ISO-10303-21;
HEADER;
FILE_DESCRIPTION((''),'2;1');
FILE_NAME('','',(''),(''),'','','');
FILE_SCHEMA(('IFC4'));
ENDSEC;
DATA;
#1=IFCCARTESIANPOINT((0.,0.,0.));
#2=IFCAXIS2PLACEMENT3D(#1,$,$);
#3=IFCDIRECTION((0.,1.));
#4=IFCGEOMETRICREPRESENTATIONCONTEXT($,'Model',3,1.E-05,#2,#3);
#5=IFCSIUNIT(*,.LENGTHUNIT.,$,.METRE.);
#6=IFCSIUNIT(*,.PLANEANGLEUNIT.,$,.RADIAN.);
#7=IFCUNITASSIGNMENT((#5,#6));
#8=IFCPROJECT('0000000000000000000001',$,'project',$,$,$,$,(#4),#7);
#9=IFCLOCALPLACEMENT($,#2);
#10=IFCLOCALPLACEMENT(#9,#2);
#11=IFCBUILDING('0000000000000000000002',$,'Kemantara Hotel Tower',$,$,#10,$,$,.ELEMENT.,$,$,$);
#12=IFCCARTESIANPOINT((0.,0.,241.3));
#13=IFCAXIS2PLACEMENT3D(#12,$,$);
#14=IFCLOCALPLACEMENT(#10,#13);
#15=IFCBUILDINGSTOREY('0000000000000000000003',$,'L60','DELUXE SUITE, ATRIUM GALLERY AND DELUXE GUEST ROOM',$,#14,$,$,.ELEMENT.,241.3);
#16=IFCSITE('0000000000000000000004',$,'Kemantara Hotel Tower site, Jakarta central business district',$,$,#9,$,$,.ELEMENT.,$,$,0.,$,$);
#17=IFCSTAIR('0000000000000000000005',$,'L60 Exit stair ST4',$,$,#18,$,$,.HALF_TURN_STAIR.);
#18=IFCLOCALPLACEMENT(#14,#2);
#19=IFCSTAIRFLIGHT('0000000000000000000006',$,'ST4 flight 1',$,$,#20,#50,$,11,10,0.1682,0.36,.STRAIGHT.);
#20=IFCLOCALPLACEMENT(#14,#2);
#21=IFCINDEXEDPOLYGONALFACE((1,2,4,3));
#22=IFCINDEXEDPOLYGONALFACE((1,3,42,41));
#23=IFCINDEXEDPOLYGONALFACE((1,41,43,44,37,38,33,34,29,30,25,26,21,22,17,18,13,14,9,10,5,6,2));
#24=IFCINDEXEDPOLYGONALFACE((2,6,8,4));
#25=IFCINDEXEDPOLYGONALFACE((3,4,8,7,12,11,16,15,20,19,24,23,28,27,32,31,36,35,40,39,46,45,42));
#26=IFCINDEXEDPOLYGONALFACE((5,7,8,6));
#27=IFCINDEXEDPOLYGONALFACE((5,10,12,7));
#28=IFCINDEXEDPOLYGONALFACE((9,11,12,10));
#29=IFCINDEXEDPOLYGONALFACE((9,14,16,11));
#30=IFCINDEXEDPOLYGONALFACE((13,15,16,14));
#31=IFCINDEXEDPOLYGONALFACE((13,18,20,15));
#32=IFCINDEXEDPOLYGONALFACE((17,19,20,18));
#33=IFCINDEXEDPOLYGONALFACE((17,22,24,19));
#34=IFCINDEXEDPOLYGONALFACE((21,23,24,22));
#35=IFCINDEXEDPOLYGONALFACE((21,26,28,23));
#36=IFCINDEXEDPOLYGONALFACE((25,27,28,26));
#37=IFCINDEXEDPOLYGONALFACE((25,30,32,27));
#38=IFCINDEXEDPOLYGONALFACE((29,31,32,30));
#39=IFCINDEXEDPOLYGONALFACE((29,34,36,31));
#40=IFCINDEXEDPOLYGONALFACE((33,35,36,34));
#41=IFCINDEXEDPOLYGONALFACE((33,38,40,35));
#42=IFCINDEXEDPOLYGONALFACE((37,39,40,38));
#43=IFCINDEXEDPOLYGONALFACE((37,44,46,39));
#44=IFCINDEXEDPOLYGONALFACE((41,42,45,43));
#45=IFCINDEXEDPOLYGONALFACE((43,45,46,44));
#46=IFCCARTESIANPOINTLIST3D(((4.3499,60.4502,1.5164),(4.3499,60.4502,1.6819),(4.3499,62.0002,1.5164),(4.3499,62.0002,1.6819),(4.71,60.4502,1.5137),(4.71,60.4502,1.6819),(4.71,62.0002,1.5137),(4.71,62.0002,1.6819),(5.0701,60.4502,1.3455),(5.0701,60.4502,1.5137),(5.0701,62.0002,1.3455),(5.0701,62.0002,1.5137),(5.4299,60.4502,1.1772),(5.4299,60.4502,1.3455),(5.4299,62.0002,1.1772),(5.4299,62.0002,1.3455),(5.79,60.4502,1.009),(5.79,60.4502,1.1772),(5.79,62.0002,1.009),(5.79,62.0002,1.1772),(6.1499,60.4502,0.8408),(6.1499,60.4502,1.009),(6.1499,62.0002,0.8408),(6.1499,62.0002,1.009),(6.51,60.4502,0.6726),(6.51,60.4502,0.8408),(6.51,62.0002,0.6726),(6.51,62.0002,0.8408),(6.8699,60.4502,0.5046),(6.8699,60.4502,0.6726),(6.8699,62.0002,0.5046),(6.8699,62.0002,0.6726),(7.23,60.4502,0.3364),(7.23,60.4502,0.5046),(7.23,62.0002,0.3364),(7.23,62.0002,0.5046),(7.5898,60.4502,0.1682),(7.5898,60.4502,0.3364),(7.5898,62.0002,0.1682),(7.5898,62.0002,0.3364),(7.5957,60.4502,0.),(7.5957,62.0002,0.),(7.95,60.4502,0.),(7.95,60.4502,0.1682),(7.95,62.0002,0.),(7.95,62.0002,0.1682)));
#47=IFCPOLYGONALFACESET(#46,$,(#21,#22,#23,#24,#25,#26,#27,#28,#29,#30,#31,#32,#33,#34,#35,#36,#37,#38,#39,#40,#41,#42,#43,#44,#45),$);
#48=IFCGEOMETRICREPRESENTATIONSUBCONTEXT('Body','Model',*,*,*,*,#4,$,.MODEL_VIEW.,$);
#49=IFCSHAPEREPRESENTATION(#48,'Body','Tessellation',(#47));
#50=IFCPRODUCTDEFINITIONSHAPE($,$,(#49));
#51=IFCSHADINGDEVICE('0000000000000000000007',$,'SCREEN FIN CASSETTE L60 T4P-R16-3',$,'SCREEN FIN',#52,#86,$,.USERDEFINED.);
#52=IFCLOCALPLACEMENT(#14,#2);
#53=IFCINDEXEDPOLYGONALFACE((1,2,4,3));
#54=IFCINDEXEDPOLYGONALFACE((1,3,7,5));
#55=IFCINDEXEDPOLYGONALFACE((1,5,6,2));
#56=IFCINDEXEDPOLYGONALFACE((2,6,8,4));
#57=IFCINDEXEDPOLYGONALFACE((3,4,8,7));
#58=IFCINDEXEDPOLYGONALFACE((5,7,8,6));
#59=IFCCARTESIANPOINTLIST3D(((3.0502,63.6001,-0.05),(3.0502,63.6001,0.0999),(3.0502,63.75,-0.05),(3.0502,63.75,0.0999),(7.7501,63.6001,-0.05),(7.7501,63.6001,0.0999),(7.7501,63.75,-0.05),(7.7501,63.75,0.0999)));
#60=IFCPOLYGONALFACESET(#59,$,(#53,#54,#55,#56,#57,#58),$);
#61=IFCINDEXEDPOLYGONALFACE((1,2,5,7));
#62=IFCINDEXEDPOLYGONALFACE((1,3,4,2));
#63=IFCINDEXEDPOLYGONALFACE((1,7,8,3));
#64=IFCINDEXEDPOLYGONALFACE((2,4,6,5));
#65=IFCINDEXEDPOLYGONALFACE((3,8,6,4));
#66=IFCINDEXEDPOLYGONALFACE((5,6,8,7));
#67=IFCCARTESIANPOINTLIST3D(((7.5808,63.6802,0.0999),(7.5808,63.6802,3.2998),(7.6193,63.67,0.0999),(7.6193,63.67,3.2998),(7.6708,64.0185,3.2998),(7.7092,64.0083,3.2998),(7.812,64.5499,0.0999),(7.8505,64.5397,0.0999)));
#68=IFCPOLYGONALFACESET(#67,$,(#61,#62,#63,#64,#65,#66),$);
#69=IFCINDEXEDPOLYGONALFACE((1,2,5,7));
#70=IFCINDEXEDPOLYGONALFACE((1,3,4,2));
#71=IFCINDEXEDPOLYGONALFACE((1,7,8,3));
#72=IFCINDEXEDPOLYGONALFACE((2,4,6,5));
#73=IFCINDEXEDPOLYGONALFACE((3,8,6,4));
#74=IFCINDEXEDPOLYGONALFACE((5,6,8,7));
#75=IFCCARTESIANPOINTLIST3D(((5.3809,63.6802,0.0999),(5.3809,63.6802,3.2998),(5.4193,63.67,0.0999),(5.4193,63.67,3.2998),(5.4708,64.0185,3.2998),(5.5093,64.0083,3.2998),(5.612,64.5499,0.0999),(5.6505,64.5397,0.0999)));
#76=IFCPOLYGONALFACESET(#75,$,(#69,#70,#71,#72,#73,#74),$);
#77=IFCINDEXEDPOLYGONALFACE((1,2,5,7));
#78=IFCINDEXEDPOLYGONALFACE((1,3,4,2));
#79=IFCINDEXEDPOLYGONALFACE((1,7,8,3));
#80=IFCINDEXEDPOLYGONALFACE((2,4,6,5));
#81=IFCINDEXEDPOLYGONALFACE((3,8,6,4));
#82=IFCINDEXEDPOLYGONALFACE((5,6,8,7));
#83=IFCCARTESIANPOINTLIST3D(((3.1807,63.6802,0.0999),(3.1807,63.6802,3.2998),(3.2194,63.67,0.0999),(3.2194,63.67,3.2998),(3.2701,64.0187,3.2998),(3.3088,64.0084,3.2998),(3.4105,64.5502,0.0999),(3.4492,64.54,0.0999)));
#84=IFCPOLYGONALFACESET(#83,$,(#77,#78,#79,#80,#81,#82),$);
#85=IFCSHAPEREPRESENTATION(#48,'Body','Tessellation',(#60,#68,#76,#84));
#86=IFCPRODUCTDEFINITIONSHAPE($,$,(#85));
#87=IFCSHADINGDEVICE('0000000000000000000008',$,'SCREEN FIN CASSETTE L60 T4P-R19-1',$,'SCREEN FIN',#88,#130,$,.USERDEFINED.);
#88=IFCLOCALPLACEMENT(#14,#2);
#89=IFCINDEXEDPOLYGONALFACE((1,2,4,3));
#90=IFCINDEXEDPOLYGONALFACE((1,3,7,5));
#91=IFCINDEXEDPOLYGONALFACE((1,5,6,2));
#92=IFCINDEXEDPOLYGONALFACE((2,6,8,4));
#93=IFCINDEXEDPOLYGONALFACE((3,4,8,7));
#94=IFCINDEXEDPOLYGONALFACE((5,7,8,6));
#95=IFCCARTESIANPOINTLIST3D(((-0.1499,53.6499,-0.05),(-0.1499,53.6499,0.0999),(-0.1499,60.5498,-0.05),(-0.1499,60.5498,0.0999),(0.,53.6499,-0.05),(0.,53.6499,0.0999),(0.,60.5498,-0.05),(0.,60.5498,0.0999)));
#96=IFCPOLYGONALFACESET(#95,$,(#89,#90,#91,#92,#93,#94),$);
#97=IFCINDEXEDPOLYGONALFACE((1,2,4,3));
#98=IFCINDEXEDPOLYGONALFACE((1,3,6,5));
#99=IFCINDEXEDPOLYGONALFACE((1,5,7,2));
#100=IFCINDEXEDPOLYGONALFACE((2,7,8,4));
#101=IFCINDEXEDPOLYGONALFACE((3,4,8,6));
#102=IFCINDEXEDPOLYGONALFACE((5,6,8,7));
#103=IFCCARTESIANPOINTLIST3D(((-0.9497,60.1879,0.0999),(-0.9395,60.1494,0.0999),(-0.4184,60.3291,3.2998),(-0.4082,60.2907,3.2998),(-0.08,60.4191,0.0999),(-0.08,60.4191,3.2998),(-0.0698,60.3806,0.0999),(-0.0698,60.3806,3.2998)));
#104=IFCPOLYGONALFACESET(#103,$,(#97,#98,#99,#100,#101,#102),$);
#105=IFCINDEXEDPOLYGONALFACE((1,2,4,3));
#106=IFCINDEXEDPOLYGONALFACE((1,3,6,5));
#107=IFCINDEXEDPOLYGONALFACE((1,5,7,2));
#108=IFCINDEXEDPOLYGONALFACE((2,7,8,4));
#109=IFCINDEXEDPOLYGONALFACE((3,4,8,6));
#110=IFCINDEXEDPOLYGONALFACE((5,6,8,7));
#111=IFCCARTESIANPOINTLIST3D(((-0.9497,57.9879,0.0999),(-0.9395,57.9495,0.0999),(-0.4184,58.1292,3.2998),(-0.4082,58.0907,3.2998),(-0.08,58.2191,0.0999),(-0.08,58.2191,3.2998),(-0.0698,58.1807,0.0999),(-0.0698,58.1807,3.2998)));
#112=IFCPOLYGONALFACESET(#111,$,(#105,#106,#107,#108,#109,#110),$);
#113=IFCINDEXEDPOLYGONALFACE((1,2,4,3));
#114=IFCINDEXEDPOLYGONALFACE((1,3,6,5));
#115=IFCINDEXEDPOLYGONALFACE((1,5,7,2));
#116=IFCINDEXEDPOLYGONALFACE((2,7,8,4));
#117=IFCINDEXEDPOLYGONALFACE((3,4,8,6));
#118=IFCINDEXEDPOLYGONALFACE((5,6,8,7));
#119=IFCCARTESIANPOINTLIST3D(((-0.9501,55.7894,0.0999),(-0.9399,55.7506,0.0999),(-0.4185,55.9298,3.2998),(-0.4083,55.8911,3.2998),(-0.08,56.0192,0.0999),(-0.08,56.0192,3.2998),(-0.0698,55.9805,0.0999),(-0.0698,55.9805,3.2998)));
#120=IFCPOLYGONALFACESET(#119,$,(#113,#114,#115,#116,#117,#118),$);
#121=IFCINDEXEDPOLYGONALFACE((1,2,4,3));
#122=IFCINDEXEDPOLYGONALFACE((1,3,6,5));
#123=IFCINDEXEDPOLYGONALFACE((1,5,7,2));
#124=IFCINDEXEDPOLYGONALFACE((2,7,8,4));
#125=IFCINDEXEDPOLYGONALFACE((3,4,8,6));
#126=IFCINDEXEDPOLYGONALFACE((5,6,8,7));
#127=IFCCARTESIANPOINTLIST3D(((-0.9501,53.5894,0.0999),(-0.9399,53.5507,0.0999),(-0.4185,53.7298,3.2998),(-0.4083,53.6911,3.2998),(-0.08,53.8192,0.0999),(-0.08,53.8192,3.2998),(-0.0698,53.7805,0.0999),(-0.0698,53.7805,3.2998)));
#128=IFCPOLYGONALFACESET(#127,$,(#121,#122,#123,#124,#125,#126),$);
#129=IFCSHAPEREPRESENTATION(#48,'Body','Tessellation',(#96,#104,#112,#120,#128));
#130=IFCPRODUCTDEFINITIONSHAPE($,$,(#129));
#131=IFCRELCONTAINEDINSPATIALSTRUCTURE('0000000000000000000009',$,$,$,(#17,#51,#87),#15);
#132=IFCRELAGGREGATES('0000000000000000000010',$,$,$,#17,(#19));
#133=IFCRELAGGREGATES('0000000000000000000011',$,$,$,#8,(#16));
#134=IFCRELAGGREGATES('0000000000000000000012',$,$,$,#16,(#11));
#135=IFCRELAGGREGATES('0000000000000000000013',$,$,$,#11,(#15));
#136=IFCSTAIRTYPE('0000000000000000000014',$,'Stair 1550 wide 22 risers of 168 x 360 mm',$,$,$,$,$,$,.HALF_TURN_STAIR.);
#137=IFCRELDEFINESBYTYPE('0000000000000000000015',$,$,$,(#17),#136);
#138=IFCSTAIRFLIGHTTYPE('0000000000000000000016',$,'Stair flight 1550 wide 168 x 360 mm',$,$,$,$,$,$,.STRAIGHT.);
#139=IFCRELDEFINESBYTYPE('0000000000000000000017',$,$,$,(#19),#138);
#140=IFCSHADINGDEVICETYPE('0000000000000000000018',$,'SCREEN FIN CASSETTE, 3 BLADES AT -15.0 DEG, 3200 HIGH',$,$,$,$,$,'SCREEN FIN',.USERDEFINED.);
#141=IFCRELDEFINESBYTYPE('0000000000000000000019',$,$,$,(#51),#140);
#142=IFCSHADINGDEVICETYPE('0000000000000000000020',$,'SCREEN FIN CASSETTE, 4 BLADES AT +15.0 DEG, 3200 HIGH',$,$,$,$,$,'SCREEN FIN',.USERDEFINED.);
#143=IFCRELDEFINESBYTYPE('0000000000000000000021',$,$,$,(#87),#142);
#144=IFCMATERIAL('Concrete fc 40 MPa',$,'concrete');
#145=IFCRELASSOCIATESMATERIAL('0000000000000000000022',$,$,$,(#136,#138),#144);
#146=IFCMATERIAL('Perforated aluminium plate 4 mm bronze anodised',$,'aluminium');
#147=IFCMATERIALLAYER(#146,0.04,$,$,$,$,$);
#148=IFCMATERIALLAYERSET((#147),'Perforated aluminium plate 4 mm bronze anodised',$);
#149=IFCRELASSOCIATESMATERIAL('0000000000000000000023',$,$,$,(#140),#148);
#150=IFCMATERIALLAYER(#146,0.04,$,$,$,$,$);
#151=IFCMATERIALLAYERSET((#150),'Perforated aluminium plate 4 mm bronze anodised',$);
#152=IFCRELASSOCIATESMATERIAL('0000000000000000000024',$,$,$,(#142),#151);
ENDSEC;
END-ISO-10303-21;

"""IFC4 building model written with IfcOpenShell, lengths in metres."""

from ifc_helpers import new_model, si_unit, direction, frame, origin, origin_2d, place, context, subcontext, project, spatial, polyline, rectangle, outline, extrude, source, transform, mapped, material, layer, layer_set, type_object, element, aggregate, save


model = new_model("IFC4")

# Units and contexts
model_context = context("Model", 3, precision=1e-05, world=origin(), true_north=direction((0.0, 1.0)))
body_context = subcontext(model_context, "Body", "Model", "MODEL_VIEW")
ifc_project = project(units=[si_unit("LENGTHUNIT", "METRE"), si_unit("PLANEANGLEUNIT", "RADIAN")], contexts=[model_context])

# Site, building, storey
site_placement = place(None, origin())
site = spatial("IfcSite", under=ifc_project, at=site_placement, Name="Kemantara Hotel Tower site, Jakarta central business district", CompositionType="ELEMENT", RefElevation=0.0)
building_placement = place(site_placement, origin())
building = spatial("IfcBuilding", under=site, at=building_placement, Name="Kemantara Hotel Tower", CompositionType="ELEMENT")
storey_placement = place(building_placement, frame((0.0, 0.0, 241.3)))
storey = spatial("IfcBuildingStorey", under=building, at=storey_placement, Name="L60", Description="DELUXE SUITE, ATRIUM GALLERY AND DELUXE GUEST ROOM", CompositionType="ELEMENT", Elevation=241.3)

# Shared definitions
ifc_material_1 = material(Name="Concrete fc 40 MPa", Category="concrete")

# Stair, stair flight
stair_type = type_object("IfcStairType", Name="Stair 1550 wide 22 risers of 168 x 360 mm", PredefinedType="HALF_TURN_STAIR", material=ifc_material_1)
stair_placement = place(storey_placement, origin())
stair = element("IfcStair", 1, at=stair_placement, inside=storey, type_object=stair_type, Name="L60 Exit stair ST4", PredefinedType="HALF_TURN_STAIR")
stair_flight_type = type_object("IfcStairFlightType", Name="Stair flight 1550 wide 168 x 360 mm", PredefinedType="STRAIGHT", material=ifc_material_1)
stair_flight_placement = place(storey_placement, frame((7.95, 61.2251, 0.0), z_axis=(0.0, 0.0, 1.0), x_axis=(-1.0, 0.0, 0.0)))
stair_flight = element("IfcStairFlight", 2, at=stair_flight_placement, type_object=stair_flight_type, Name="ST4 flight 1", NumberOfRisers=11, NumberOfTreads=10, PredefinedType="STRAIGHT", RiserHeight=0.1682, TreadLength=0.36, context=body_context, shape_type="SweptSolid", body=[
    extrude(outline(polyline([(0.0, 0.0), (0.0, 0.1682), (0.3601, 0.1682), (0.3601, 0.3364), (0.72, 0.3364), (0.72, 0.5046), (1.0801, 0.5046), (1.0801, 0.6726), (1.4399, 0.6726), (1.4399, 0.8408), (1.8, 0.8408), (1.8, 1.009), (2.1599, 1.009), (2.1599, 1.1772), (2.52, 1.1772), (2.52, 1.3455), (2.8799, 1.3455), (2.8799, 1.5137), (3.24, 1.5137), (3.24, 1.6819), (3.6001, 1.6819), (3.6001, 1.8501), (3.6001, 1.5164), (0.3542, 0.0), (0.0, 0.0)])), frame((0.0, 0.7749, 0.0), z_axis=(0.0, -1.0, 0.0), x_axis=(1.0, 0.0, 0.0)), (0.0, 0.0, 1.0), 1.55),
])
aggregate(stair, [stair_flight])

# Shading devices
ifc_material_2 = material(Name="Perforated aluminium plate 4 mm bronze anodised", Category="aluminium")
ifc_layer_1 = layer(ifc_material_2, 0.04)
ifc_layer_set_1 = layer_set([ifc_layer_1], Name="Perforated aluminium plate 4 mm bronze anodised")
shading_device_type_1 = type_object("IfcShadingDeviceType", Name="SCREEN FIN CASSETTE, 3 BLADES AT -15.0 DEG, 3200 HIGH", ElementType="SCREEN FIN", PredefinedType="USERDEFINED", material=ifc_layer_set_1)
shared_shape_1 = source(origin(), body_context, "Body", "SweptSolid", [
    extrude(rectangle(XDim=4.7, YDim=0.1499, at=origin_2d()), frame((2.2, -0.075, -0.1499), z_axis=(0.0, 0.0, 1.0), x_axis=(1.0, 0.0, 0.0)), (0.0, 0.0, 1.0), 0.1499),
    extrude(outline(polyline([(0.0, 0.0), (0.8999, 0.0), (0.3501, 3.2), (0.0, 3.2), (0.0, 0.0)])), frame((0.0193, -0.0801, 0.0), z_axis=(-0.966438, 0.256901, 0.0), x_axis=(-0.256901, -0.966438, 0.0)), (0.0, 0.0, 1.0), 0.0398),
    extrude(outline(polyline([(0.0, 0.0), (0.8999, 0.0), (0.3501, 3.2), (0.0, 3.2), (0.0, 0.0)])), frame((2.2192, -0.0801, 0.0), z_axis=(-0.966438, 0.256901, 0.0), x_axis=(-0.256901, -0.966438, 0.0)), (0.0, 0.0, 1.0), 0.0398),
    extrude(outline(polyline([(0.0, 0.0), (0.8999, 0.0), (0.3501, 3.2), (0.0, 3.2), (0.0, 0.0)])), frame((4.4194, -0.0801, 0.0), z_axis=(-0.966838, 0.255391, 0.0), x_axis=(-0.255391, -0.966838, 0.0)), (0.0, 0.0, 1.0), 0.04),
])
shading_device_1_placement = place(storey_placement, frame((7.6001, 63.6001, 0.0999), z_axis=(0.0, 0.0, 1.0), x_axis=(-1.0, 0.0, 0.0)))
element("IfcShadingDevice", 3, at=shading_device_1_placement, inside=storey, type_object=shading_device_type_1, Name="SCREEN FIN CASSETTE L60 T4P-R16-3", ObjectType="SCREEN FIN", PredefinedType="USERDEFINED", context=body_context, shape_type="MappedRepresentation", body=[
    mapped(shared_shape_1, transform((0.0, 0.0, 0.0))),
])
ifc_layer_2 = layer(ifc_material_2, 0.04)
ifc_layer_set_2 = layer_set([ifc_layer_2], Name="Perforated aluminium plate 4 mm bronze anodised")
shading_device_type_2 = type_object("IfcShadingDeviceType", Name="SCREEN FIN CASSETTE, 4 BLADES AT +15.0 DEG, 3200 HIGH", ElementType="SCREEN FIN", PredefinedType="USERDEFINED", material=ifc_layer_set_2)
shared_shape_2 = source(origin(), body_context, "Body", "SweptSolid", [
    extrude(rectangle(XDim=6.8999, YDim=0.1499, at=origin_2d()), frame((3.3, -0.075, -0.1499), z_axis=(0.0, 0.0, 1.0), x_axis=(1.0, 0.0, 0.0)), (0.0, 0.0, 1.0), 0.1499),
    extrude(outline(polyline([(0.0, 0.0), (0.8999, 0.0), (0.3501, 3.2), (0.0, 3.2), (0.0, 0.0)])), frame((0.0193, -0.0698, 0.0), z_axis=(-0.966438, -0.256901, 0.0), x_axis=(0.256901, -0.966438, 0.0)), (0.0, 0.0, 1.0), 0.0398),
    extrude(outline(polyline([(0.0, 0.0), (0.8999, 0.0), (0.3501, 3.2), (0.0, 3.2), (0.0, 0.0)])), frame((2.2192, -0.0698, 0.0), z_axis=(-0.966438, -0.256901, 0.0), x_axis=(0.256901, -0.966438, 0.0)), (0.0, 0.0, 1.0), 0.0398),
    extrude(outline(polyline([(0.0, 0.0), (0.8999, 0.0), (0.3501, 3.2), (0.0, 3.2), (0.0, 0.0)])), frame((4.4194, -0.0698, 0.0), z_axis=(-0.966838, -0.255391, 0.0), x_axis=(0.255391, -0.966838, 0.0)), (0.0, 0.0, 1.0), 0.04),
    extrude(outline(polyline([(0.0, 0.0), (0.8999, 0.0), (0.3501, 3.2), (0.0, 3.2), (0.0, 0.0)])), frame((6.6194, -0.0698, 0.0), z_axis=(-0.966838, -0.255391, 0.0), x_axis=(0.255391, -0.966838, 0.0)), (0.0, 0.0, 1.0), 0.04),
])
shading_device_2_placement = place(storey_placement, frame((0.0, 60.3999, 0.0999), z_axis=(0.0, 0.0, 1.0), x_axis=(0.0, -1.0, 0.0)))
element("IfcShadingDevice", 4, at=shading_device_2_placement, inside=storey, type_object=shading_device_type_2, Name="SCREEN FIN CASSETTE L60 T4P-R19-1", ObjectType="SCREEN FIN", PredefinedType="USERDEFINED", context=body_context, shape_type="MappedRepresentation", body=[
    mapped(shared_shape_2, transform((0.0, 0.0, 0.0))),
])

save(model, "model.ifc")
